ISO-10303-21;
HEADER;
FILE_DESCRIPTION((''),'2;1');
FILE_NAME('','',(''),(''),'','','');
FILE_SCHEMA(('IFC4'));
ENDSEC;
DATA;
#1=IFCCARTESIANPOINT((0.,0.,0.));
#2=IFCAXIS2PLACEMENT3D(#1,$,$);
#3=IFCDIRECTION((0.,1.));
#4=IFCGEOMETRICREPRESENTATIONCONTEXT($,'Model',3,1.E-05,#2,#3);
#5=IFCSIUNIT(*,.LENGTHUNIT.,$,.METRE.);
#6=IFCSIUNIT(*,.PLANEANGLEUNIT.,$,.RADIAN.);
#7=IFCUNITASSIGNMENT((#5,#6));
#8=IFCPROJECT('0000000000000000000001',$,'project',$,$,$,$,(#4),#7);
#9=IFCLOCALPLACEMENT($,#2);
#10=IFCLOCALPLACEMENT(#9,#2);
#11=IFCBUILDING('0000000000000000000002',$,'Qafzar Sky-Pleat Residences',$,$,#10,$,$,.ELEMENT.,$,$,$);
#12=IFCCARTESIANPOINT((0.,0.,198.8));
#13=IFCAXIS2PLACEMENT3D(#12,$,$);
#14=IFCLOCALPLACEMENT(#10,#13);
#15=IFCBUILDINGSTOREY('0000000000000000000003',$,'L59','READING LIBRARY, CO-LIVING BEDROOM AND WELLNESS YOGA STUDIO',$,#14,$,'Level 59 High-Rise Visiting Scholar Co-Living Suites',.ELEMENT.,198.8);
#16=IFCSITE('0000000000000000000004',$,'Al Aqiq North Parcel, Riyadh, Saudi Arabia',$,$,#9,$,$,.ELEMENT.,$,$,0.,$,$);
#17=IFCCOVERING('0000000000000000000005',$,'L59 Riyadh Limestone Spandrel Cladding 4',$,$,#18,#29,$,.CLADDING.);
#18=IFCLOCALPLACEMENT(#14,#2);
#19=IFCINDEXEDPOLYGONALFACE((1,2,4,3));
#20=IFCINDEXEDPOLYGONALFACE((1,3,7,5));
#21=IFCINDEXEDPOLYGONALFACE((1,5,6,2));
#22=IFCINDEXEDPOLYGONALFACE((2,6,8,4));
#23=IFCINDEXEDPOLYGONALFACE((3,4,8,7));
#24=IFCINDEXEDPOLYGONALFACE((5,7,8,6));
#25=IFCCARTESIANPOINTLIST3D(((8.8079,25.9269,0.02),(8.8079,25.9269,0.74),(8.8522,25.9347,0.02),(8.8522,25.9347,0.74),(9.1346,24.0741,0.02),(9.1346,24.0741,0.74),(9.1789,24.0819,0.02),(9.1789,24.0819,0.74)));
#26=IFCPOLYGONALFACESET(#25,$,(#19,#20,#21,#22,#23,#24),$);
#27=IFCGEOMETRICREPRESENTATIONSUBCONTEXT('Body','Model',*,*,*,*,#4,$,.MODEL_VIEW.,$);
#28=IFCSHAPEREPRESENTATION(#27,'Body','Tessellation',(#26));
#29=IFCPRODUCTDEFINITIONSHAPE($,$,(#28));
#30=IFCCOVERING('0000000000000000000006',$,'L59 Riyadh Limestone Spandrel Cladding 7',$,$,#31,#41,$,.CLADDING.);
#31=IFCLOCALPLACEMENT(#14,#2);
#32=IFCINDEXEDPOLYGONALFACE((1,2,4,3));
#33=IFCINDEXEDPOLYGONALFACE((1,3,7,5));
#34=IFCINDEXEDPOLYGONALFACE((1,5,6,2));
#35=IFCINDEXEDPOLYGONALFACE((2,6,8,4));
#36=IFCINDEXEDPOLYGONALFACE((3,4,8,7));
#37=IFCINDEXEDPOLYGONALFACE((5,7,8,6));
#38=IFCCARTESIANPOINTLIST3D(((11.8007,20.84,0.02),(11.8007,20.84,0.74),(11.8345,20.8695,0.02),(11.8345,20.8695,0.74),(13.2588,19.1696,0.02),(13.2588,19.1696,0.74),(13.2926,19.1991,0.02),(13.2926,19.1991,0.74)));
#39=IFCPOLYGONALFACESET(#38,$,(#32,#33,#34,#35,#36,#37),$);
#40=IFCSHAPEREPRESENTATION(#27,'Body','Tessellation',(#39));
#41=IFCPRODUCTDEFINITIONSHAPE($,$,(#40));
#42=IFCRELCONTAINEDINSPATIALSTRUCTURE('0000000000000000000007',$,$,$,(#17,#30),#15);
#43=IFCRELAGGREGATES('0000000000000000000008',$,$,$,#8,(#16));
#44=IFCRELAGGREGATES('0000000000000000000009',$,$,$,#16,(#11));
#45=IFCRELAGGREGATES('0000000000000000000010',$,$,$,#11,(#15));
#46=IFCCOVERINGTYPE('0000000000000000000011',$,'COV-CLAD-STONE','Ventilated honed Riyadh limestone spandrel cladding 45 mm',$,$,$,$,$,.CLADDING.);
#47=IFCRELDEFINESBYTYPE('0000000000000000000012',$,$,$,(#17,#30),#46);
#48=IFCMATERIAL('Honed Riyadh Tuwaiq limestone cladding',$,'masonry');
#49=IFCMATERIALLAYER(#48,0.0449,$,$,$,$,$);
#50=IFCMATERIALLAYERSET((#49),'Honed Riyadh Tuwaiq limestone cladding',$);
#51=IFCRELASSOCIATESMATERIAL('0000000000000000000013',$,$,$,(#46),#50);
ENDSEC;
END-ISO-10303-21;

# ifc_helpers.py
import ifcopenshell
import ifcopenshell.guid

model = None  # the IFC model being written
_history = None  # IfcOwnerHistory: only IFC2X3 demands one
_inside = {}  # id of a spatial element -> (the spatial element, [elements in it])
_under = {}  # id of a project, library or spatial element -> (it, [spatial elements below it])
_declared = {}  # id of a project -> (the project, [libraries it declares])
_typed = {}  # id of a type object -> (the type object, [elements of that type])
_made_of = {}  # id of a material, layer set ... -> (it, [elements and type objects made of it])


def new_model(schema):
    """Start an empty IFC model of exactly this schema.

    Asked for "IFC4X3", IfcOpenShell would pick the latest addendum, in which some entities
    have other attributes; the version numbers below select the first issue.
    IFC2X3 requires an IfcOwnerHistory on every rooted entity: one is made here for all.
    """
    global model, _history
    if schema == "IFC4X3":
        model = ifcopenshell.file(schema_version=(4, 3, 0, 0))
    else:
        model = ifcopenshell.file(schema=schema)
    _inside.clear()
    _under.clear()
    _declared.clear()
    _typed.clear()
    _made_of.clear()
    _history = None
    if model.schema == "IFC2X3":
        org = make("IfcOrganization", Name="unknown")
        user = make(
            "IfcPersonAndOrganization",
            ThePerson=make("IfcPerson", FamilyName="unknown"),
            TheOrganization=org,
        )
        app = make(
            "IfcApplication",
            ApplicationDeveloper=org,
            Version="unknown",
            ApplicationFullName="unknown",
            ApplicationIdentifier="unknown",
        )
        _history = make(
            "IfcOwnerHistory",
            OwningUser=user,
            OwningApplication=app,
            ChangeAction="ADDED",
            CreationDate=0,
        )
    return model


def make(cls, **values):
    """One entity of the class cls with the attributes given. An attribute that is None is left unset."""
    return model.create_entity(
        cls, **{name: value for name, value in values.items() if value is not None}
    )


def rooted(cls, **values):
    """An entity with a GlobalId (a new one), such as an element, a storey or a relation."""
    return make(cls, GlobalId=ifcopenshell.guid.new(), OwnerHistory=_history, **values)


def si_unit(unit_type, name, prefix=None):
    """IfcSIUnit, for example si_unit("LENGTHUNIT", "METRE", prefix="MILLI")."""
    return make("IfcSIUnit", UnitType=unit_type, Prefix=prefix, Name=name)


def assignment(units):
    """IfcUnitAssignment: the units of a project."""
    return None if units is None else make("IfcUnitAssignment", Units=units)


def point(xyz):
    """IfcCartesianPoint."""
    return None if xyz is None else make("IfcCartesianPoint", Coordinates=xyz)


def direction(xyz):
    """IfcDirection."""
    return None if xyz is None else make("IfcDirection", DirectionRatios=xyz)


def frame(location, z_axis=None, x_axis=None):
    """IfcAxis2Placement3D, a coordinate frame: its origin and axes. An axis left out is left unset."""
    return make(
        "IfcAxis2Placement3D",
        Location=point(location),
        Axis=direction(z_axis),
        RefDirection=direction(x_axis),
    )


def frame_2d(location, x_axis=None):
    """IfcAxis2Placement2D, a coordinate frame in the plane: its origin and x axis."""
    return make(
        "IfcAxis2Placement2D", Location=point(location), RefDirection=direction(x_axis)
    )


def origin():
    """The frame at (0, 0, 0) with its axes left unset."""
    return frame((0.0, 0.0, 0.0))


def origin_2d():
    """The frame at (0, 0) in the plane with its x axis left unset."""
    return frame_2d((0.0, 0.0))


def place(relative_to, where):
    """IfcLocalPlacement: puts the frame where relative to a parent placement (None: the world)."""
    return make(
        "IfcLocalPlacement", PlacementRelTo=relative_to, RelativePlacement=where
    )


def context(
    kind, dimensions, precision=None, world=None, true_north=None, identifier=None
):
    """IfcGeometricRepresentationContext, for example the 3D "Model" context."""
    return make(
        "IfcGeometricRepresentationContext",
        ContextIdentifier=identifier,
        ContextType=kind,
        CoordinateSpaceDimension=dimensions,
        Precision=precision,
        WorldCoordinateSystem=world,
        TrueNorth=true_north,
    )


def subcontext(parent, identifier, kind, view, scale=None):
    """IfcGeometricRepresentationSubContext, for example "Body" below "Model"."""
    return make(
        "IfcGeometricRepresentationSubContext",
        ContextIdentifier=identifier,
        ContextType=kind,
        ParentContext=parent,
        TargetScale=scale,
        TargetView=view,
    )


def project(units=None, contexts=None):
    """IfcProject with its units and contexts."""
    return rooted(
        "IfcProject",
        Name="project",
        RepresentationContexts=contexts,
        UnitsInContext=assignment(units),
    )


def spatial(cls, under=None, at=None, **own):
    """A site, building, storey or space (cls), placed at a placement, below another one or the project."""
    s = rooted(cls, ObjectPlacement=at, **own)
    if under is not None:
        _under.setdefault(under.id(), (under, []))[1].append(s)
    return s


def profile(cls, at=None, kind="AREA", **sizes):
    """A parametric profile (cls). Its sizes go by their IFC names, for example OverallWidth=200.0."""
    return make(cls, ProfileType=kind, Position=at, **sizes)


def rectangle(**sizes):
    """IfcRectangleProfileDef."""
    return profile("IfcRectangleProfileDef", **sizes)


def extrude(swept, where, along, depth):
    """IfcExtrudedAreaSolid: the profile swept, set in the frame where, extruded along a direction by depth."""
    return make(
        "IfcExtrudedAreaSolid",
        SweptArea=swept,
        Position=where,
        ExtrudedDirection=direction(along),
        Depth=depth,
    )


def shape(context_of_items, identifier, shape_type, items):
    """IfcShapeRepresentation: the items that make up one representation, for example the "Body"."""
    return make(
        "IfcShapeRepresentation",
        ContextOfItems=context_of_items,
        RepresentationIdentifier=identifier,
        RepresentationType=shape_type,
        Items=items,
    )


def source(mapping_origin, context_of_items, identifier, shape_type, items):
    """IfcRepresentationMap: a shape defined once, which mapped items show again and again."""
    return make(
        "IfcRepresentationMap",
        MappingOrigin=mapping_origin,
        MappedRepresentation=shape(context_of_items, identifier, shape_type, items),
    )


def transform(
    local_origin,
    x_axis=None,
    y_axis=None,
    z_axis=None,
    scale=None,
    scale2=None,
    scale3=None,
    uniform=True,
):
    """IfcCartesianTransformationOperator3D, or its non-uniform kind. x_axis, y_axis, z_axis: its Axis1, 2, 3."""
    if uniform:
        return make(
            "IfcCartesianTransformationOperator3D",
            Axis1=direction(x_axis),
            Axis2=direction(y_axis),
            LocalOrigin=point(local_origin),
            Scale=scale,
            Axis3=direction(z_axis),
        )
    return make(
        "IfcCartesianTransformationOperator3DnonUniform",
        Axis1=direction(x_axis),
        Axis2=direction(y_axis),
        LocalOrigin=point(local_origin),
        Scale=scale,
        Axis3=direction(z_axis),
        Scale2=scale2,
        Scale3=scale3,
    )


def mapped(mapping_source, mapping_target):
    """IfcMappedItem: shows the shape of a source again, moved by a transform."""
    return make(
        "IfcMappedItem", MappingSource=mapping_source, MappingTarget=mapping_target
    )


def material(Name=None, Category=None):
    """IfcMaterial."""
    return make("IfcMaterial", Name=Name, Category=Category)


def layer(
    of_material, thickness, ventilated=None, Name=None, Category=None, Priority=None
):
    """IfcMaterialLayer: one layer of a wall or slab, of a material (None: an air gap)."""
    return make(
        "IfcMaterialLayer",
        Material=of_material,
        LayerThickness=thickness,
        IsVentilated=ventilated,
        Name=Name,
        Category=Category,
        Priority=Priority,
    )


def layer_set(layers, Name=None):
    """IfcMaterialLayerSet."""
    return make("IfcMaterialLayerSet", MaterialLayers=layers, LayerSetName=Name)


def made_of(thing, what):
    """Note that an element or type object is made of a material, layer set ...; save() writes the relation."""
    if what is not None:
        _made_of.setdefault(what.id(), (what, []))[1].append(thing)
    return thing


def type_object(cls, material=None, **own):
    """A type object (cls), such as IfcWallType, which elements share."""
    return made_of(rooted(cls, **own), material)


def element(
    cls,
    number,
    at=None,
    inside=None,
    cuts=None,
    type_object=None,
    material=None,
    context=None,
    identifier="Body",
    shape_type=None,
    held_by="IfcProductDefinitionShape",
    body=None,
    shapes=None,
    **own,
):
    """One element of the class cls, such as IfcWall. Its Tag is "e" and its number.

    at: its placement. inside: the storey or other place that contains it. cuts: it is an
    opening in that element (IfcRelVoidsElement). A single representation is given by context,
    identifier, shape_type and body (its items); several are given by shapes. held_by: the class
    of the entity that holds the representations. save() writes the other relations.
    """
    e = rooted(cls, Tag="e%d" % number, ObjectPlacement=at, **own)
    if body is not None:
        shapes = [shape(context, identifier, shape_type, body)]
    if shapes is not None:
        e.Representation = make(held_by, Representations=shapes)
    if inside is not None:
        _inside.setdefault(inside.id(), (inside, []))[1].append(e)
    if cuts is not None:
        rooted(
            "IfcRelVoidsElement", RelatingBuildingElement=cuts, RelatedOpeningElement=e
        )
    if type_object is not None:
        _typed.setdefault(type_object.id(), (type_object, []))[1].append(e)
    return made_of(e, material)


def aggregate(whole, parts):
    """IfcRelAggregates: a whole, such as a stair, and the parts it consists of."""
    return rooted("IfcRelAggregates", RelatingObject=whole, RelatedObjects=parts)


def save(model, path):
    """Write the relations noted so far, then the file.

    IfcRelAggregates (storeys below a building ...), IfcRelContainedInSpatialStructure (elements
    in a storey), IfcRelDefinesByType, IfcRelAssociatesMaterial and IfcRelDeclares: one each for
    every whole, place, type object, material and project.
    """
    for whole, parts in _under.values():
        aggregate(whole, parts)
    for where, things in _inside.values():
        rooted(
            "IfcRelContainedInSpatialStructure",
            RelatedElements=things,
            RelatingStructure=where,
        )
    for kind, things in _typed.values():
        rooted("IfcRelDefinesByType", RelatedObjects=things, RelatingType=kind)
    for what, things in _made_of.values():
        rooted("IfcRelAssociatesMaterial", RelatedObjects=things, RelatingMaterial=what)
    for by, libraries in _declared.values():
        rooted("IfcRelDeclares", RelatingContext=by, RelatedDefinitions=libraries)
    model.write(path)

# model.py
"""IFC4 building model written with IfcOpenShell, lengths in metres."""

from ifc_helpers import new_model, si_unit, direction, frame, origin, origin_2d, place, context, subcontext, project, spatial, rectangle, extrude, source, transform, mapped, material, layer, layer_set, type_object, element, save


model = new_model("IFC4")

# Units and contexts
model_context = context("Model", 3, precision=1e-05, world=origin(), true_north=direction((0.0, 1.0)))
body_context = subcontext(model_context, "Body", "Model", "MODEL_VIEW")
ifc_project = project(units=[si_unit("LENGTHUNIT", "METRE"), si_unit("PLANEANGLEUNIT", "RADIAN")], contexts=[model_context])

# Site, building, storey
site_placement = place(None, origin())
site = spatial("IfcSite", under=ifc_project, at=site_placement, Name="Al Aqiq North Parcel, Riyadh, Saudi Arabia", CompositionType="ELEMENT", RefElevation=0.0)
building_placement = place(site_placement, origin())
building = spatial("IfcBuilding", under=site, at=building_placement, Name="Qafzar Sky-Pleat Residences", CompositionType="ELEMENT")
storey_placement = place(building_placement, frame((0.0, 0.0, 198.8)))
storey = spatial("IfcBuildingStorey", under=building, at=storey_placement, Name="L59", Description="READING LIBRARY, CO-LIVING BEDROOM AND WELLNESS YOGA STUDIO", LongName="Level 59 High-Rise Visiting Scholar Co-Living Suites", CompositionType="ELEMENT", Elevation=198.8)

# Covering
ifc_material_1 = material(Name="Honed Riyadh Tuwaiq limestone cladding", Category="masonry")
ifc_layer_1 = layer(ifc_material_1, 0.0449)
ifc_layer_set_1 = layer_set([ifc_layer_1], Name="Honed Riyadh Tuwaiq limestone cladding")
covering_type = type_object("IfcCoveringType", Name="COV-CLAD-STONE", Description="Ventilated honed Riyadh limestone spandrel cladding 45 mm", PredefinedType="CLADDING", material=ifc_layer_set_1)
shared_shape_1 = source(origin(), body_context, "Body", "SweptSolid", [
    extrude(rectangle(XDim=1.8813, YDim=0.0449, at=origin_2d()), origin(), (0.0, 0.0, 1.0), 0.72),
])
covering_1_placement = place(storey_placement, frame((8.9934, 25.0044, 0.02), z_axis=(0.0, 0.0, 1.0), x_axis=(0.173663, -0.984805, 0.0)))
element("IfcCovering", 1, at=covering_1_placement, inside=storey, type_object=covering_type, Name="L59 Riyadh Limestone Spandrel Cladding 4", PredefinedType="CLADDING", context=body_context, shape_type="MappedRepresentation", body=[
    mapped(shared_shape_1, transform((0.0, 0.0, 0.0), x_axis=(1.0, 0.0, 0.0), y_axis=(0.0, 1.0, 0.0), z_axis=(0.0, 0.0, 1.0), scale=1.0)),
])

# Covering
shared_shape_2 = source(origin(), body_context, "Body", "SweptSolid", [
    extrude(rectangle(XDim=2.2173, YDim=0.0449, at=origin_2d()), origin(), (0.0, 0.0, 1.0), 0.72),
])
covering_2_placement = place(storey_placement, frame((12.5466, 20.0195, 0.02), z_axis=(0.0, 0.0, 1.0), x_axis=(0.657608, -0.753361, 0.0)))
element("IfcCovering", 2, at=covering_2_placement, inside=storey, type_object=covering_type, Name="L59 Riyadh Limestone Spandrel Cladding 7", PredefinedType="CLADDING", context=body_context, shape_type="MappedRepresentation", body=[
    mapped(shared_shape_2, transform((0.0, 0.0, 0.0), x_axis=(1.0, 0.0, 0.0), y_axis=(0.0, 1.0, 0.0), z_axis=(0.0, 0.0, 1.0), scale=1.0)),
])

save(model, "model.ifc")
